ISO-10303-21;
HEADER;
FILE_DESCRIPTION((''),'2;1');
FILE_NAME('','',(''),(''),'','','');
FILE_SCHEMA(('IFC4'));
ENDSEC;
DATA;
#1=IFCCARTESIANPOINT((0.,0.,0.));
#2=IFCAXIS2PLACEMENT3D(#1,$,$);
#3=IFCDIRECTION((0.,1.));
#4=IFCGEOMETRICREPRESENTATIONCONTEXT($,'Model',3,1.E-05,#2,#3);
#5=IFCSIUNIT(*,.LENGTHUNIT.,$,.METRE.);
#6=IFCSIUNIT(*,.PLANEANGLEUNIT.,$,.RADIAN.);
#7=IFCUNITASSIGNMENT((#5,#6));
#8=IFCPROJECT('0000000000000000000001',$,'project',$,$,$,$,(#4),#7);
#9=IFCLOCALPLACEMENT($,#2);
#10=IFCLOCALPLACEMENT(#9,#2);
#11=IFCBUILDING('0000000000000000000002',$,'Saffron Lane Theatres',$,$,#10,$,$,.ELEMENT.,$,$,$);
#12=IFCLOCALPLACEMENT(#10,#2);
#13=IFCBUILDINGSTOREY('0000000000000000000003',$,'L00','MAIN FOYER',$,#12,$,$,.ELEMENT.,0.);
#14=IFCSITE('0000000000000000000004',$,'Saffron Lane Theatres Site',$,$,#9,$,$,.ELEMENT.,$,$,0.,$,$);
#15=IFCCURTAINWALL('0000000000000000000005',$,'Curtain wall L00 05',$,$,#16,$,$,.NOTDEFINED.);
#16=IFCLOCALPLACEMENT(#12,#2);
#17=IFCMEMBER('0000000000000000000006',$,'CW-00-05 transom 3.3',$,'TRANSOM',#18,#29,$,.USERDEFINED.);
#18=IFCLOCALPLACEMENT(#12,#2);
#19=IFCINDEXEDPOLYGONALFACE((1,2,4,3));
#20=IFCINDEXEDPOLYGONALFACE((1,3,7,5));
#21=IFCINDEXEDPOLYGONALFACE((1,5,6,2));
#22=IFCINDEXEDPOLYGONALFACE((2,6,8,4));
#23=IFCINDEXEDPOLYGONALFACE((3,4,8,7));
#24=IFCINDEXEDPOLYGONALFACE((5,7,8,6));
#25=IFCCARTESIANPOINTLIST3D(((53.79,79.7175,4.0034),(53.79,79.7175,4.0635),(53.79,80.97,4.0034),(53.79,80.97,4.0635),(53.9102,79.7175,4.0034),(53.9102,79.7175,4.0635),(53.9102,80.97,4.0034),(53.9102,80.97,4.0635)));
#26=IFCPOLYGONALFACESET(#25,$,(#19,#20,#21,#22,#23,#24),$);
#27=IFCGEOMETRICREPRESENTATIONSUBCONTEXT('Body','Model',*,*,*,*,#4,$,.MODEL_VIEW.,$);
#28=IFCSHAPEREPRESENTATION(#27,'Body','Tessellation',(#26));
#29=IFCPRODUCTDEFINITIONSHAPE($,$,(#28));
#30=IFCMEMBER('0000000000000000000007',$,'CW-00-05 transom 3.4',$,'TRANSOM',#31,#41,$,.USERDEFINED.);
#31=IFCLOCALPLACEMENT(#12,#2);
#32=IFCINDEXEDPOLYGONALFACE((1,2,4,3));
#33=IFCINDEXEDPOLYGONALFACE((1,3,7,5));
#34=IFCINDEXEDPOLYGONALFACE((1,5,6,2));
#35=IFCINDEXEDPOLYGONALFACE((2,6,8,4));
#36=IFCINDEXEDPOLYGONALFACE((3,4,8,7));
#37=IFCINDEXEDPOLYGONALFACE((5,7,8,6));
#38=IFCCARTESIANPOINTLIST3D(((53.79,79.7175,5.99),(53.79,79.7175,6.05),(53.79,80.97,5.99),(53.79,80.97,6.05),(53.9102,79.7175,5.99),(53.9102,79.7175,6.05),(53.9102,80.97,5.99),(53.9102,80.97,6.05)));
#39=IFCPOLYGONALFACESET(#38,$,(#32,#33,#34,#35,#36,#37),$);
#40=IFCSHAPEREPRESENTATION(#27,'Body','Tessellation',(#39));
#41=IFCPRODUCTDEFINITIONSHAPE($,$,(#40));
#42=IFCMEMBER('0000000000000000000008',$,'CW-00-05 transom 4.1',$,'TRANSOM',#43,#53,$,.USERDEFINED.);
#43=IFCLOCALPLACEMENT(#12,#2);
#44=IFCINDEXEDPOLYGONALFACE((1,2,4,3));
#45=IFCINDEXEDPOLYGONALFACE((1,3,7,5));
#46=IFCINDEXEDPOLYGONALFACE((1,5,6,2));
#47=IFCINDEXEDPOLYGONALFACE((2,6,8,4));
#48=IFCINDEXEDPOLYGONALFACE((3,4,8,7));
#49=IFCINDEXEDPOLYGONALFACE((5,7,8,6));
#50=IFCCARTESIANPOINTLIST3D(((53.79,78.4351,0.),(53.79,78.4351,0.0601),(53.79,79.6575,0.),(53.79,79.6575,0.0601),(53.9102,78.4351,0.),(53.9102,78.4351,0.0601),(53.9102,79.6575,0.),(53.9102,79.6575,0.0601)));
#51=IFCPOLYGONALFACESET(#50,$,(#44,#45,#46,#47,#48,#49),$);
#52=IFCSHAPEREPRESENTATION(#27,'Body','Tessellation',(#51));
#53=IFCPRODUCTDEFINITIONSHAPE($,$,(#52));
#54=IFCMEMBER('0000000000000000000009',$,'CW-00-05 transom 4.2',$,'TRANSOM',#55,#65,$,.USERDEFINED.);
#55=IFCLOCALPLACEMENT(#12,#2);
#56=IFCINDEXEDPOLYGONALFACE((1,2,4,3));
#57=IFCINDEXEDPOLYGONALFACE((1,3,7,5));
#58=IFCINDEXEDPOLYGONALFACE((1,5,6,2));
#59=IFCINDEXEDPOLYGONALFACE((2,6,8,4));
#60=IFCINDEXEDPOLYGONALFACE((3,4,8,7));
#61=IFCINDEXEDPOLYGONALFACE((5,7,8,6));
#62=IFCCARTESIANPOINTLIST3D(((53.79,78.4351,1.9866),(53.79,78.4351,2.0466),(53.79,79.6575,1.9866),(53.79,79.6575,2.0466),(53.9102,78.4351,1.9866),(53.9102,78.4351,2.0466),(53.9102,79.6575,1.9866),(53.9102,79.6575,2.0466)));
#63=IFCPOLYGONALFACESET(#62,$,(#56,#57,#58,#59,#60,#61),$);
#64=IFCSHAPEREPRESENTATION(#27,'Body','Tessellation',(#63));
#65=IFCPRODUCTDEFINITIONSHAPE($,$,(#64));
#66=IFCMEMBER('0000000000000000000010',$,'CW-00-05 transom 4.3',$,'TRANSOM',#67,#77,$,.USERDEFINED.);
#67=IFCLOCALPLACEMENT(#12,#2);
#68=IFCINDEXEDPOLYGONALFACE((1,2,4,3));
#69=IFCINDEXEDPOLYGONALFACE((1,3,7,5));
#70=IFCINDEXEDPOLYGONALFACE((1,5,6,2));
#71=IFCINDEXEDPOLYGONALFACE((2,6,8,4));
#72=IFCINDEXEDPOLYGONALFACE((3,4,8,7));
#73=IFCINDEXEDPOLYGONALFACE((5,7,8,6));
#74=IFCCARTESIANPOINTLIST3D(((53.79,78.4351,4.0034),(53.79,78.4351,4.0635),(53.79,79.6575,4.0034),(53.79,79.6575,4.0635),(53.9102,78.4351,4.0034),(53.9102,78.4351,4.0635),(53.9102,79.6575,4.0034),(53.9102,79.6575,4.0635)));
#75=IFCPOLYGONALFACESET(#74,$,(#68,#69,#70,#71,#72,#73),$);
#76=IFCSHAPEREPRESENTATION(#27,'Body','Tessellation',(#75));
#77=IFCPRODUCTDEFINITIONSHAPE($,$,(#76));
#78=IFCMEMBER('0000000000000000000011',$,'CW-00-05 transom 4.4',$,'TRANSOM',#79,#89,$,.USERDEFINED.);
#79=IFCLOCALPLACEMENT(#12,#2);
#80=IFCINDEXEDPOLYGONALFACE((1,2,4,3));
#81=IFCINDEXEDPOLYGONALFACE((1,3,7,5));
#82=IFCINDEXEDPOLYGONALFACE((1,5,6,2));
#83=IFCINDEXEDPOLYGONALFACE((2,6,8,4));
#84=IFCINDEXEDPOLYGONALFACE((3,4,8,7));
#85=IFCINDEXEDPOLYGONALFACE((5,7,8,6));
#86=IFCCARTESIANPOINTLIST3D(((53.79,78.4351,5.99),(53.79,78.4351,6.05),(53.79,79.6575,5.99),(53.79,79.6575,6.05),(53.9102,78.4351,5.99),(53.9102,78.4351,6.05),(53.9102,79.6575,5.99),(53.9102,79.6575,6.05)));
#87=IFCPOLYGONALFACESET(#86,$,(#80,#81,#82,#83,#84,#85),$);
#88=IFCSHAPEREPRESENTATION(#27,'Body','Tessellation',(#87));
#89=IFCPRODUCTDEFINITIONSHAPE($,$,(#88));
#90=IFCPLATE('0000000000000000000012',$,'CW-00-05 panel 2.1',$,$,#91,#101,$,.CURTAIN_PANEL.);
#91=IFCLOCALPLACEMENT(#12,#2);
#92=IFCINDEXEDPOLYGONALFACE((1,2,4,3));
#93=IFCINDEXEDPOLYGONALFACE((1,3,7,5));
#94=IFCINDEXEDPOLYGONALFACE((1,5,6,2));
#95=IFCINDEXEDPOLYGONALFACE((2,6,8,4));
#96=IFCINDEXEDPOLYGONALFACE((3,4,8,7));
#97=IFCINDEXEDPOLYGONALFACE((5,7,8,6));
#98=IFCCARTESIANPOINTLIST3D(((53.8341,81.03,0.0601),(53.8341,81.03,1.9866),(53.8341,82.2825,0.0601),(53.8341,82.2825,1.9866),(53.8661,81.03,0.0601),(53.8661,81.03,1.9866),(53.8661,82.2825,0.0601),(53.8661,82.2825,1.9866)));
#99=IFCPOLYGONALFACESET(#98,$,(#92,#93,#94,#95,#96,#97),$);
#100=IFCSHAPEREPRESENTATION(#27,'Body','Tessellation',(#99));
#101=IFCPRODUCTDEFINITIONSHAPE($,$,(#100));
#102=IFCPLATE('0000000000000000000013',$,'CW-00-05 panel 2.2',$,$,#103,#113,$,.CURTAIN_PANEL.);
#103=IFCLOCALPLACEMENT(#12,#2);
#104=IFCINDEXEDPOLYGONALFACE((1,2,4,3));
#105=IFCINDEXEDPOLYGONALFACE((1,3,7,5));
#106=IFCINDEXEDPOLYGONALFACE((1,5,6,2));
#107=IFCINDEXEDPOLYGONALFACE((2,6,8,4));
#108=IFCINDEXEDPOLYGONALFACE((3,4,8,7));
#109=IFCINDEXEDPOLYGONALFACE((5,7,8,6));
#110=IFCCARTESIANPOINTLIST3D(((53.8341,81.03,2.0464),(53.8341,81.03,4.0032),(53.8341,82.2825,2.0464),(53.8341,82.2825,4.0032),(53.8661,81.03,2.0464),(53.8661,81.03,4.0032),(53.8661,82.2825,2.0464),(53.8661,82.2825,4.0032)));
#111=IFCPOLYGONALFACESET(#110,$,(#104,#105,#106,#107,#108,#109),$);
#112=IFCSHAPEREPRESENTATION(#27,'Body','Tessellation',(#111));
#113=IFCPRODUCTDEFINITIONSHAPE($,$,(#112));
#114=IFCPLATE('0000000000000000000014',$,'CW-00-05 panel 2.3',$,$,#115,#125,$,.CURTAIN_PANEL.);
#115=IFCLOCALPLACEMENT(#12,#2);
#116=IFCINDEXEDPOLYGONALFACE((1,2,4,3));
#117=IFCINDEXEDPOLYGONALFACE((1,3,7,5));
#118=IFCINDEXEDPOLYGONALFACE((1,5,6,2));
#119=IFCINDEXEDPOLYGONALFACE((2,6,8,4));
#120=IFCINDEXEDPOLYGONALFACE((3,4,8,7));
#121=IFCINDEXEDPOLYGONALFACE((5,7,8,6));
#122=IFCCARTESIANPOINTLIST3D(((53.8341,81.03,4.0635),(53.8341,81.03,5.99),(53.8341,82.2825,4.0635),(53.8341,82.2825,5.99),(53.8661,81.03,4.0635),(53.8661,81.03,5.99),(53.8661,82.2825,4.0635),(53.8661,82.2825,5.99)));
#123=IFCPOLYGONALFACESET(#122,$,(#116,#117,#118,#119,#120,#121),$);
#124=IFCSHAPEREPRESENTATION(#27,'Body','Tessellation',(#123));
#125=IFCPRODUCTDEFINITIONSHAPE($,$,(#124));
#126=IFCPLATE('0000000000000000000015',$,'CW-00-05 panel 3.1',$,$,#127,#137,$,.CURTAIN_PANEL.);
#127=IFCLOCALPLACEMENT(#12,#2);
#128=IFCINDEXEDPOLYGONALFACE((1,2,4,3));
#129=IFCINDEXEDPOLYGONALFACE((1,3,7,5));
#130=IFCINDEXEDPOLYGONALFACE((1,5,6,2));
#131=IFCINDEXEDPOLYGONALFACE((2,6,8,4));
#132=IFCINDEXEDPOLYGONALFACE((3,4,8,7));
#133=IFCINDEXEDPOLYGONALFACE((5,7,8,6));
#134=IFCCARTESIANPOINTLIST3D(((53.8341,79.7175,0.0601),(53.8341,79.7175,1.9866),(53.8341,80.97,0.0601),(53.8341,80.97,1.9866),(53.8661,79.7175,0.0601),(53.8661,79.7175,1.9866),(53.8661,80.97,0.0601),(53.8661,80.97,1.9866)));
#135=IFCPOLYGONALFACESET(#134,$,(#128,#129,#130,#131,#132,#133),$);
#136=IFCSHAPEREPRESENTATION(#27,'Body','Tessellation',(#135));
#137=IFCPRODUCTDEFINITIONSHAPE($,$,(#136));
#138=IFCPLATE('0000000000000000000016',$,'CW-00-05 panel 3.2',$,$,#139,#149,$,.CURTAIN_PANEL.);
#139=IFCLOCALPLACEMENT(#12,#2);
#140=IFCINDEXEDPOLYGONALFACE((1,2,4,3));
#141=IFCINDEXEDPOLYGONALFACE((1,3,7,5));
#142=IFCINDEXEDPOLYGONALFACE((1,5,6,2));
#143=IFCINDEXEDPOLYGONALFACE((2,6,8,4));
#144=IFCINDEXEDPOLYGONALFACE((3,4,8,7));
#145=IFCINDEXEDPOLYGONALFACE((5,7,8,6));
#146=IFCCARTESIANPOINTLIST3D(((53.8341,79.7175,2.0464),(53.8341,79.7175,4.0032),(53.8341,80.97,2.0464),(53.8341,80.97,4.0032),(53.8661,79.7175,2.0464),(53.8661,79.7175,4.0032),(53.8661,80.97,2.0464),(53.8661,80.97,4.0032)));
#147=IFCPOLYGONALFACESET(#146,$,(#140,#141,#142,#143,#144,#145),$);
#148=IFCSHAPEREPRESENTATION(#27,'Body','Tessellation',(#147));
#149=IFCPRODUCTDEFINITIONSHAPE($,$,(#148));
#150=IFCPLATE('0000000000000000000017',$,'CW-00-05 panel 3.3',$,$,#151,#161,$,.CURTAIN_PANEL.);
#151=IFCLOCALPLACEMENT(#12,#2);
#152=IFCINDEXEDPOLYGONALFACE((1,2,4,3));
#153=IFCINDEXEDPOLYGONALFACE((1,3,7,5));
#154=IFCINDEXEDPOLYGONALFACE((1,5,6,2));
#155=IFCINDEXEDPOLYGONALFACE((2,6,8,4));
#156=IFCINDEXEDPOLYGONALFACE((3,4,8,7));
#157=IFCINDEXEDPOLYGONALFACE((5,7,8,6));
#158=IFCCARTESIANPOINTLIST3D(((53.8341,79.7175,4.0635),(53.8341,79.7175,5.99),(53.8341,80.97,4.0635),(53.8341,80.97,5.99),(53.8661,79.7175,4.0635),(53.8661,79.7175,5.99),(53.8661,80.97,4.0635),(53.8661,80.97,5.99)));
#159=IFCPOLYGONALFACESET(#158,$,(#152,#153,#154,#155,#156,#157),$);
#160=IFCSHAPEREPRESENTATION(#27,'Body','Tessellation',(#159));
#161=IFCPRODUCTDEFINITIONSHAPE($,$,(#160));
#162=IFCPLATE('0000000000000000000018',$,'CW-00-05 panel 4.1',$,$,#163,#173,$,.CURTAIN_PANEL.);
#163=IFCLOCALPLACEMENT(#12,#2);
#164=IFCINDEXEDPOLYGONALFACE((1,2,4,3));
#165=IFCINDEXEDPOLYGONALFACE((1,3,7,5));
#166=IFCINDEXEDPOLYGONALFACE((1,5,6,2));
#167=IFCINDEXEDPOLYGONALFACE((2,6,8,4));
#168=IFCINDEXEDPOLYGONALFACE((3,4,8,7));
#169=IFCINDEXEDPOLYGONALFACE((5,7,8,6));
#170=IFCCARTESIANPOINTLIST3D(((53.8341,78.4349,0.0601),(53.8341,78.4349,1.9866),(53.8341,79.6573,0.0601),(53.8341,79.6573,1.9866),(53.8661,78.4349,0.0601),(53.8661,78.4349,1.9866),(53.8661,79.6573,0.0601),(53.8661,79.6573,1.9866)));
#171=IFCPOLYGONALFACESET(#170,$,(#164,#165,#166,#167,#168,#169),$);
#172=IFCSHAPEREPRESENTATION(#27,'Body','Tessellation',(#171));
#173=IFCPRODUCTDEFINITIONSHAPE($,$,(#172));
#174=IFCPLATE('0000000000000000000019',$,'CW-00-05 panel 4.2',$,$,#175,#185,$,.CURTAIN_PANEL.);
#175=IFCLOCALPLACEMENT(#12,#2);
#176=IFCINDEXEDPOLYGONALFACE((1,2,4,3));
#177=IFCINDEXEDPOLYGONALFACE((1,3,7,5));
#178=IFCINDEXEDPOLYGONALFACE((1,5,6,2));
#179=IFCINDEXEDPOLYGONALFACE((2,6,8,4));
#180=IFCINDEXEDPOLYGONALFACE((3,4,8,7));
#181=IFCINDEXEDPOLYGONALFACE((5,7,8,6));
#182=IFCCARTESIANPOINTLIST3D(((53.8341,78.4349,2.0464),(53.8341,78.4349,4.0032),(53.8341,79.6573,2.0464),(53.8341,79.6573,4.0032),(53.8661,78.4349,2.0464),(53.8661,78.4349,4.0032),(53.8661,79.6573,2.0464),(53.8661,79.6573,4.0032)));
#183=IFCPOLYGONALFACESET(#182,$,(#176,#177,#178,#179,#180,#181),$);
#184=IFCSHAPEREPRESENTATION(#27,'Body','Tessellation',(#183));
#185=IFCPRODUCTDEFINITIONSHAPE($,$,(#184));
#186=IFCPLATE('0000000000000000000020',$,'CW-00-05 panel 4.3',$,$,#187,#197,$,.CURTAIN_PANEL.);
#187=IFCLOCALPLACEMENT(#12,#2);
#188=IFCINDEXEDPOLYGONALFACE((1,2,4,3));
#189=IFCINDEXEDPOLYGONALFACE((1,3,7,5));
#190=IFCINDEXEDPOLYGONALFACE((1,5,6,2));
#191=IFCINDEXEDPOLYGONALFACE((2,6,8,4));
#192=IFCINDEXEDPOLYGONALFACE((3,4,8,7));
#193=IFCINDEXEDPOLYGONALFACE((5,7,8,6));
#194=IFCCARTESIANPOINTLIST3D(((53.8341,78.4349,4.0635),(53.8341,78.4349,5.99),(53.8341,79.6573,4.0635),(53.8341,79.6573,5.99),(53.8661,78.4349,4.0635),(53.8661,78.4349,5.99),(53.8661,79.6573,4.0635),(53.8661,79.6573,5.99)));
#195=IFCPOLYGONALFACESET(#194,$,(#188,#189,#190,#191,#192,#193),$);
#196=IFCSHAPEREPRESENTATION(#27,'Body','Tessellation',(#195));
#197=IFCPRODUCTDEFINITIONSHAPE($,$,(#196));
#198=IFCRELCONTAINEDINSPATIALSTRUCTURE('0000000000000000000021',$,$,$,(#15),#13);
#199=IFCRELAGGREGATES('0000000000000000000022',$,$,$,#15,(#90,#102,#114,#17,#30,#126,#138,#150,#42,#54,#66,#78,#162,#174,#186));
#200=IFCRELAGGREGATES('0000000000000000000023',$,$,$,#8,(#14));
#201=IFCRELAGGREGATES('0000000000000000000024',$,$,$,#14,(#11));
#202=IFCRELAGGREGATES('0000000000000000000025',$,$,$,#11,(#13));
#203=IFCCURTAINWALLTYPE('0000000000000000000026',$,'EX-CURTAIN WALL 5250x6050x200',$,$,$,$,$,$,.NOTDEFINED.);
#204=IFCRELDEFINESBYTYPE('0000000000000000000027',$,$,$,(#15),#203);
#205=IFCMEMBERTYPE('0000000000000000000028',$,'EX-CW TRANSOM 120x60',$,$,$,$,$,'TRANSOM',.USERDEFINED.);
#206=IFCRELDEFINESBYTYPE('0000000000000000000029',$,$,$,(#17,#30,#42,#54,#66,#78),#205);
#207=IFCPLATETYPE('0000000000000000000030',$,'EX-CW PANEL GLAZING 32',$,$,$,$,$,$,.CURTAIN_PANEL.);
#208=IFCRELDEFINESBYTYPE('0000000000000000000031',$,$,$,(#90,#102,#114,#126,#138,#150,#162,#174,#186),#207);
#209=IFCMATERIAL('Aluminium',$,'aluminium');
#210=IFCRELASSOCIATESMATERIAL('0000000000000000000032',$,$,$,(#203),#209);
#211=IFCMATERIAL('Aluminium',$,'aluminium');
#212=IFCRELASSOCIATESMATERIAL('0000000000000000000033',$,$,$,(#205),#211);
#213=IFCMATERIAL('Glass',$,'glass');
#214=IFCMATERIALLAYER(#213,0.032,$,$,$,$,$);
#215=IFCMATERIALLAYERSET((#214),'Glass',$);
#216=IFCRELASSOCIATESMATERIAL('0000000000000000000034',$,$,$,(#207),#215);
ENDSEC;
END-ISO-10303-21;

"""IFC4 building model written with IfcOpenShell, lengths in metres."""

from ifc_helpers import new_model, si_unit, direction, frame, origin, origin_2d, place, context, subcontext, project, spatial, rectangle, extrude, material, layer, layer_set, material_profile, profile_set, type_object, element, aggregate, save


model = new_model("IFC4")

# Units and contexts
model_context = context("Model", 3, precision=1e-05, world=origin(), true_north=direction((0.0, 1.0)))
body_context = subcontext(model_context, "Body", "Model", "MODEL_VIEW")
ifc_project = project(units=[si_unit("LENGTHUNIT", "METRE"), si_unit("PLANEANGLEUNIT", "RADIAN")], contexts=[model_context])

# Site, building, storey
site_placement = place(None, origin())
site = spatial("IfcSite", under=ifc_project, at=site_placement, Name="Saffron Lane Theatres Site", CompositionType="ELEMENT", RefElevation=0.0)
building_placement = place(site_placement, origin())
building = spatial("IfcBuilding", under=site, at=building_placement, Name="Saffron Lane Theatres", CompositionType="ELEMENT")
storey_placement = place(building_placement, origin())
storey = spatial("IfcBuildingStorey", under=building, at=storey_placement, Name="L00", Description="MAIN FOYER", CompositionType="ELEMENT", Elevation=0.0)

# Curtain wall, members, plates
ifc_material_1 = material(Name="Aluminium", Category="aluminium")
curtain_wall_type = type_object("IfcCurtainWallType", Name="EX-CURTAIN WALL 5250x6050x200", PredefinedType="NOTDEFINED", material=ifc_material_1)
curtain_wall_placement = place(storey_placement, origin())
curtain_wall = element("IfcCurtainWall", 1, at=curtain_wall_placement, inside=storey, type_object=curtain_wall_type, Name="Curtain wall L00 05", PredefinedType="NOTDEFINED")
ifc_material_2 = material(Name="Aluminium", Category="aluminium")
ifc_material_profile_1 = material_profile(ifc_material_2, rectangle(XDim=0.1201, YDim=0.0601, at=origin_2d()))
ifc_profile_set_1 = profile_set([ifc_material_profile_1], Name="Aluminium")
member_type_1 = type_object("IfcMemberType", Name="EX-CW TRANSOM 120x60", ElementType="TRANSOM", PredefinedType="USERDEFINED", material=ifc_profile_set_1)
member_1_placement = place(storey_placement, frame((53.8501, 80.97, 4.0334), z_axis=(0.0, -1.0, 0.0), x_axis=(1.0, 0.0, 0.0)))
member_1 = element("IfcMember", 2, at=member_1_placement, type_object=member_type_1, Name="CW-00-05 transom 3.3", ObjectType="TRANSOM", PredefinedType="USERDEFINED", context=body_context, shape_type="SweptSolid", body=[
    extrude(rectangle(XDim=0.1201, YDim=0.0601, at=origin_2d()), origin(), (0.0, 0.0, 1.0), 1.2524),
])
member_2_placement = place(storey_placement, frame((53.8501, 80.97, 6.02), z_axis=(0.0, -1.0, 0.0), x_axis=(1.0, 0.0, 0.0)))
member_2 = element("IfcMember", 3, at=member_2_placement, type_object=member_type_1, Name="CW-00-05 transom 3.4", ObjectType="TRANSOM", PredefinedType="USERDEFINED", context=body_context, shape_type="SweptSolid", body=[
    extrude(rectangle(XDim=0.1201, YDim=0.0601, at=origin_2d()), origin(), (0.0, 0.0, 1.0), 1.2524),
])
member_3_placement = place(storey_placement, frame((53.8501, 79.6575, 0.03), z_axis=(0.0, -1.0, 0.0), x_axis=(1.0, 0.0, 0.0)))
member_3 = element("IfcMember", 4, at=member_3_placement, type_object=member_type_1, Name="CW-00-05 transom 4.1", ObjectType="TRANSOM", PredefinedType="USERDEFINED", context=body_context, shape_type="SweptSolid", body=[
    extrude(rectangle(XDim=0.1201, YDim=0.0601, at=origin_2d()), origin(), (0.0, 0.0, 1.0), 1.2224),
])
member_4_placement = place(storey_placement, frame((53.8501, 79.6575, 2.0166), z_axis=(0.0, -1.0, 0.0), x_axis=(1.0, 0.0, 0.0)))
member_4 = element("IfcMember", 5, at=member_4_placement, type_object=member_type_1, Name="CW-00-05 transom 4.2", ObjectType="TRANSOM", PredefinedType="USERDEFINED", context=body_context, shape_type="SweptSolid", body=[
    extrude(rectangle(XDim=0.1201, YDim=0.0601, at=origin_2d()), origin(), (0.0, 0.0, 1.0), 1.2224),
])
member_5_placement = place(storey_placement, frame((53.8501, 79.6575, 4.0334), z_axis=(0.0, -1.0, 0.0), x_axis=(1.0, 0.0, 0.0)))
member_5 = element("IfcMember", 6, at=member_5_placement, type_object=member_type_1, Name="CW-00-05 transom 4.3", ObjectType="TRANSOM", PredefinedType="USERDEFINED", context=body_context, shape_type="SweptSolid", body=[
    extrude(rectangle(XDim=0.1201, YDim=0.0601, at=origin_2d()), origin(), (0.0, 0.0, 1.0), 1.2224),
])
member_6_placement = place(storey_placement, frame((53.8501, 79.6575, 6.02), z_axis=(0.0, -1.0, 0.0), x_axis=(1.0, 0.0, 0.0)))
member_6 = element("IfcMember", 7, at=member_6_placement, type_object=member_type_1, Name="CW-00-05 transom 4.4", ObjectType="TRANSOM", PredefinedType="USERDEFINED", context=body_context, shape_type="SweptSolid", body=[
    extrude(rectangle(XDim=0.1201, YDim=0.0601, at=origin_2d()), origin(), (0.0, 0.0, 1.0), 1.2224),
])
ifc_material_3 = material(Name="Glass", Category="glass")
ifc_layer_1 = layer(ifc_material_3, 0.032)
ifc_layer_set_1 = layer_set([ifc_layer_1], Name="Glass")
plate_type = type_object("IfcPlateType", Name="EX-CW PANEL GLAZING 32", PredefinedType="CURTAIN_PANEL", material=ifc_layer_set_1)
plate_1_placement = place(storey_placement, frame((53.8501, 81.6562, 0.0601), z_axis=(0.0, 0.0, 1.0), x_axis=(0.0, -1.0, 0.0)))
plate_1 = element("IfcPlate", 8, at=plate_1_placement, type_object=plate_type, Name="CW-00-05 panel 2.1", PredefinedType="CURTAIN_PANEL", context=body_context, shape_type="SweptSolid", body=[
    extrude(rectangle(XDim=1.2524, YDim=0.032, at=origin_2d()), origin(), (0.0, 0.0, 1.0), 1.9265),
])
plate_2_placement = place(storey_placement, frame((53.8501, 81.6562, 2.0464), z_axis=(0.0, 0.0, 1.0), x_axis=(0.0, -1.0, 0.0)))
plate_2 = element("IfcPlate", 9, at=plate_2_placement, type_object=plate_type, Name="CW-00-05 panel 2.2", PredefinedType="CURTAIN_PANEL", context=body_context, shape_type="SweptSolid", body=[
    extrude(rectangle(XDim=1.2524, YDim=0.032, at=origin_2d()), origin(), (0.0, 0.0, 1.0), 1.9568),
])
plate_3_placement = place(storey_placement, frame((53.8501, 81.6562, 4.0635), z_axis=(0.0, 0.0, 1.0), x_axis=(0.0, -1.0, 0.0)))
plate_3 = element("IfcPlate", 10, at=plate_3_placement, type_object=plate_type, Name="CW-00-05 panel 2.3", PredefinedType="CURTAIN_PANEL", context=body_context, shape_type="SweptSolid", body=[
    extrude(rectangle(XDim=1.2524, YDim=0.032, at=origin_2d()), origin(), (0.0, 0.0, 1.0), 1.9265),
])
plate_4_placement = place(storey_placement, frame((53.8501, 80.3438, 0.0601), z_axis=(0.0, 0.0, 1.0), x_axis=(0.0, -1.0, 0.0)))
plate_4 = element("IfcPlate", 11, at=plate_4_placement, type_object=plate_type, Name="CW-00-05 panel 3.1", PredefinedType="CURTAIN_PANEL", context=body_context, shape_type="SweptSolid", body=[
    extrude(rectangle(XDim=1.2524, YDim=0.032, at=origin_2d()), origin(), (0.0, 0.0, 1.0), 1.9265),
])
plate_5_placement = place(storey_placement, frame((53.8501, 80.3438, 2.0464), z_axis=(0.0, 0.0, 1.0), x_axis=(0.0, -1.0, 0.0)))
plate_5 = element("IfcPlate", 12, at=plate_5_placement, type_object=plate_type, Name="CW-00-05 panel 3.2", PredefinedType="CURTAIN_PANEL", context=body_context, shape_type="SweptSolid", body=[
    extrude(rectangle(XDim=1.2524, YDim=0.032, at=origin_2d()), origin(), (0.0, 0.0, 1.0), 1.9568),
])
plate_6_placement = place(storey_placement, frame((53.8501, 80.3438, 4.0635), z_axis=(0.0, 0.0, 1.0), x_axis=(0.0, -1.0, 0.0)))
plate_6 = element("IfcPlate", 13, at=plate_6_placement, type_object=plate_type, Name="CW-00-05 panel 3.3", PredefinedType="CURTAIN_PANEL", context=body_context, shape_type="SweptSolid", body=[
    extrude(rectangle(XDim=1.2524, YDim=0.032, at=origin_2d()), origin(), (0.0, 0.0, 1.0), 1.9265),
])
plate_7_placement = place(storey_placement, frame((53.8501, 79.0461, 0.0601), z_axis=(0.0, 0.0, 1.0), x_axis=(0.0, -1.0, 0.0)))
plate_7 = element("IfcPlate", 14, at=plate_7_placement, type_object=plate_type, Name="CW-00-05 panel 4.1", PredefinedType="CURTAIN_PANEL", context=body_context, shape_type="SweptSolid", body=[
    extrude(rectangle(XDim=1.2224, YDim=0.032, at=origin_2d()), origin(), (0.0, 0.0, 1.0), 1.9265),
])
plate_8_placement = place(storey_placement, frame((53.8501, 79.0461, 2.0464), z_axis=(0.0, 0.0, 1.0), x_axis=(0.0, -1.0, 0.0)))
plate_8 = element("IfcPlate", 15, at=plate_8_placement, type_object=plate_type, Name="CW-00-05 panel 4.2", PredefinedType="CURTAIN_PANEL", context=body_context, shape_type="SweptSolid", body=[
    extrude(rectangle(XDim=1.2224, YDim=0.032, at=origin_2d()), origin(), (0.0, 0.0, 1.0), 1.9568),
])
plate_9_placement = place(storey_placement, frame((53.8501, 79.0461, 4.0635), z_axis=(0.0, 0.0, 1.0), x_axis=(0.0, -1.0, 0.0)))
plate_9 = element("IfcPlate", 16, at=plate_9_placement, type_object=plate_type, Name="CW-00-05 panel 4.3", PredefinedType="CURTAIN_PANEL", context=body_context, shape_type="SweptSolid", body=[
    extrude(rectangle(XDim=1.2224, YDim=0.032, at=origin_2d()), origin(), (0.0, 0.0, 1.0), 1.9265),
])
aggregate(curtain_wall, [plate_1, plate_2, plate_3, member_1, member_2, plate_4, plate_5, plate_6, member_3, member_4, member_5, member_6, plate_7, plate_8, plate_9])

save(model, "model.ifc")
